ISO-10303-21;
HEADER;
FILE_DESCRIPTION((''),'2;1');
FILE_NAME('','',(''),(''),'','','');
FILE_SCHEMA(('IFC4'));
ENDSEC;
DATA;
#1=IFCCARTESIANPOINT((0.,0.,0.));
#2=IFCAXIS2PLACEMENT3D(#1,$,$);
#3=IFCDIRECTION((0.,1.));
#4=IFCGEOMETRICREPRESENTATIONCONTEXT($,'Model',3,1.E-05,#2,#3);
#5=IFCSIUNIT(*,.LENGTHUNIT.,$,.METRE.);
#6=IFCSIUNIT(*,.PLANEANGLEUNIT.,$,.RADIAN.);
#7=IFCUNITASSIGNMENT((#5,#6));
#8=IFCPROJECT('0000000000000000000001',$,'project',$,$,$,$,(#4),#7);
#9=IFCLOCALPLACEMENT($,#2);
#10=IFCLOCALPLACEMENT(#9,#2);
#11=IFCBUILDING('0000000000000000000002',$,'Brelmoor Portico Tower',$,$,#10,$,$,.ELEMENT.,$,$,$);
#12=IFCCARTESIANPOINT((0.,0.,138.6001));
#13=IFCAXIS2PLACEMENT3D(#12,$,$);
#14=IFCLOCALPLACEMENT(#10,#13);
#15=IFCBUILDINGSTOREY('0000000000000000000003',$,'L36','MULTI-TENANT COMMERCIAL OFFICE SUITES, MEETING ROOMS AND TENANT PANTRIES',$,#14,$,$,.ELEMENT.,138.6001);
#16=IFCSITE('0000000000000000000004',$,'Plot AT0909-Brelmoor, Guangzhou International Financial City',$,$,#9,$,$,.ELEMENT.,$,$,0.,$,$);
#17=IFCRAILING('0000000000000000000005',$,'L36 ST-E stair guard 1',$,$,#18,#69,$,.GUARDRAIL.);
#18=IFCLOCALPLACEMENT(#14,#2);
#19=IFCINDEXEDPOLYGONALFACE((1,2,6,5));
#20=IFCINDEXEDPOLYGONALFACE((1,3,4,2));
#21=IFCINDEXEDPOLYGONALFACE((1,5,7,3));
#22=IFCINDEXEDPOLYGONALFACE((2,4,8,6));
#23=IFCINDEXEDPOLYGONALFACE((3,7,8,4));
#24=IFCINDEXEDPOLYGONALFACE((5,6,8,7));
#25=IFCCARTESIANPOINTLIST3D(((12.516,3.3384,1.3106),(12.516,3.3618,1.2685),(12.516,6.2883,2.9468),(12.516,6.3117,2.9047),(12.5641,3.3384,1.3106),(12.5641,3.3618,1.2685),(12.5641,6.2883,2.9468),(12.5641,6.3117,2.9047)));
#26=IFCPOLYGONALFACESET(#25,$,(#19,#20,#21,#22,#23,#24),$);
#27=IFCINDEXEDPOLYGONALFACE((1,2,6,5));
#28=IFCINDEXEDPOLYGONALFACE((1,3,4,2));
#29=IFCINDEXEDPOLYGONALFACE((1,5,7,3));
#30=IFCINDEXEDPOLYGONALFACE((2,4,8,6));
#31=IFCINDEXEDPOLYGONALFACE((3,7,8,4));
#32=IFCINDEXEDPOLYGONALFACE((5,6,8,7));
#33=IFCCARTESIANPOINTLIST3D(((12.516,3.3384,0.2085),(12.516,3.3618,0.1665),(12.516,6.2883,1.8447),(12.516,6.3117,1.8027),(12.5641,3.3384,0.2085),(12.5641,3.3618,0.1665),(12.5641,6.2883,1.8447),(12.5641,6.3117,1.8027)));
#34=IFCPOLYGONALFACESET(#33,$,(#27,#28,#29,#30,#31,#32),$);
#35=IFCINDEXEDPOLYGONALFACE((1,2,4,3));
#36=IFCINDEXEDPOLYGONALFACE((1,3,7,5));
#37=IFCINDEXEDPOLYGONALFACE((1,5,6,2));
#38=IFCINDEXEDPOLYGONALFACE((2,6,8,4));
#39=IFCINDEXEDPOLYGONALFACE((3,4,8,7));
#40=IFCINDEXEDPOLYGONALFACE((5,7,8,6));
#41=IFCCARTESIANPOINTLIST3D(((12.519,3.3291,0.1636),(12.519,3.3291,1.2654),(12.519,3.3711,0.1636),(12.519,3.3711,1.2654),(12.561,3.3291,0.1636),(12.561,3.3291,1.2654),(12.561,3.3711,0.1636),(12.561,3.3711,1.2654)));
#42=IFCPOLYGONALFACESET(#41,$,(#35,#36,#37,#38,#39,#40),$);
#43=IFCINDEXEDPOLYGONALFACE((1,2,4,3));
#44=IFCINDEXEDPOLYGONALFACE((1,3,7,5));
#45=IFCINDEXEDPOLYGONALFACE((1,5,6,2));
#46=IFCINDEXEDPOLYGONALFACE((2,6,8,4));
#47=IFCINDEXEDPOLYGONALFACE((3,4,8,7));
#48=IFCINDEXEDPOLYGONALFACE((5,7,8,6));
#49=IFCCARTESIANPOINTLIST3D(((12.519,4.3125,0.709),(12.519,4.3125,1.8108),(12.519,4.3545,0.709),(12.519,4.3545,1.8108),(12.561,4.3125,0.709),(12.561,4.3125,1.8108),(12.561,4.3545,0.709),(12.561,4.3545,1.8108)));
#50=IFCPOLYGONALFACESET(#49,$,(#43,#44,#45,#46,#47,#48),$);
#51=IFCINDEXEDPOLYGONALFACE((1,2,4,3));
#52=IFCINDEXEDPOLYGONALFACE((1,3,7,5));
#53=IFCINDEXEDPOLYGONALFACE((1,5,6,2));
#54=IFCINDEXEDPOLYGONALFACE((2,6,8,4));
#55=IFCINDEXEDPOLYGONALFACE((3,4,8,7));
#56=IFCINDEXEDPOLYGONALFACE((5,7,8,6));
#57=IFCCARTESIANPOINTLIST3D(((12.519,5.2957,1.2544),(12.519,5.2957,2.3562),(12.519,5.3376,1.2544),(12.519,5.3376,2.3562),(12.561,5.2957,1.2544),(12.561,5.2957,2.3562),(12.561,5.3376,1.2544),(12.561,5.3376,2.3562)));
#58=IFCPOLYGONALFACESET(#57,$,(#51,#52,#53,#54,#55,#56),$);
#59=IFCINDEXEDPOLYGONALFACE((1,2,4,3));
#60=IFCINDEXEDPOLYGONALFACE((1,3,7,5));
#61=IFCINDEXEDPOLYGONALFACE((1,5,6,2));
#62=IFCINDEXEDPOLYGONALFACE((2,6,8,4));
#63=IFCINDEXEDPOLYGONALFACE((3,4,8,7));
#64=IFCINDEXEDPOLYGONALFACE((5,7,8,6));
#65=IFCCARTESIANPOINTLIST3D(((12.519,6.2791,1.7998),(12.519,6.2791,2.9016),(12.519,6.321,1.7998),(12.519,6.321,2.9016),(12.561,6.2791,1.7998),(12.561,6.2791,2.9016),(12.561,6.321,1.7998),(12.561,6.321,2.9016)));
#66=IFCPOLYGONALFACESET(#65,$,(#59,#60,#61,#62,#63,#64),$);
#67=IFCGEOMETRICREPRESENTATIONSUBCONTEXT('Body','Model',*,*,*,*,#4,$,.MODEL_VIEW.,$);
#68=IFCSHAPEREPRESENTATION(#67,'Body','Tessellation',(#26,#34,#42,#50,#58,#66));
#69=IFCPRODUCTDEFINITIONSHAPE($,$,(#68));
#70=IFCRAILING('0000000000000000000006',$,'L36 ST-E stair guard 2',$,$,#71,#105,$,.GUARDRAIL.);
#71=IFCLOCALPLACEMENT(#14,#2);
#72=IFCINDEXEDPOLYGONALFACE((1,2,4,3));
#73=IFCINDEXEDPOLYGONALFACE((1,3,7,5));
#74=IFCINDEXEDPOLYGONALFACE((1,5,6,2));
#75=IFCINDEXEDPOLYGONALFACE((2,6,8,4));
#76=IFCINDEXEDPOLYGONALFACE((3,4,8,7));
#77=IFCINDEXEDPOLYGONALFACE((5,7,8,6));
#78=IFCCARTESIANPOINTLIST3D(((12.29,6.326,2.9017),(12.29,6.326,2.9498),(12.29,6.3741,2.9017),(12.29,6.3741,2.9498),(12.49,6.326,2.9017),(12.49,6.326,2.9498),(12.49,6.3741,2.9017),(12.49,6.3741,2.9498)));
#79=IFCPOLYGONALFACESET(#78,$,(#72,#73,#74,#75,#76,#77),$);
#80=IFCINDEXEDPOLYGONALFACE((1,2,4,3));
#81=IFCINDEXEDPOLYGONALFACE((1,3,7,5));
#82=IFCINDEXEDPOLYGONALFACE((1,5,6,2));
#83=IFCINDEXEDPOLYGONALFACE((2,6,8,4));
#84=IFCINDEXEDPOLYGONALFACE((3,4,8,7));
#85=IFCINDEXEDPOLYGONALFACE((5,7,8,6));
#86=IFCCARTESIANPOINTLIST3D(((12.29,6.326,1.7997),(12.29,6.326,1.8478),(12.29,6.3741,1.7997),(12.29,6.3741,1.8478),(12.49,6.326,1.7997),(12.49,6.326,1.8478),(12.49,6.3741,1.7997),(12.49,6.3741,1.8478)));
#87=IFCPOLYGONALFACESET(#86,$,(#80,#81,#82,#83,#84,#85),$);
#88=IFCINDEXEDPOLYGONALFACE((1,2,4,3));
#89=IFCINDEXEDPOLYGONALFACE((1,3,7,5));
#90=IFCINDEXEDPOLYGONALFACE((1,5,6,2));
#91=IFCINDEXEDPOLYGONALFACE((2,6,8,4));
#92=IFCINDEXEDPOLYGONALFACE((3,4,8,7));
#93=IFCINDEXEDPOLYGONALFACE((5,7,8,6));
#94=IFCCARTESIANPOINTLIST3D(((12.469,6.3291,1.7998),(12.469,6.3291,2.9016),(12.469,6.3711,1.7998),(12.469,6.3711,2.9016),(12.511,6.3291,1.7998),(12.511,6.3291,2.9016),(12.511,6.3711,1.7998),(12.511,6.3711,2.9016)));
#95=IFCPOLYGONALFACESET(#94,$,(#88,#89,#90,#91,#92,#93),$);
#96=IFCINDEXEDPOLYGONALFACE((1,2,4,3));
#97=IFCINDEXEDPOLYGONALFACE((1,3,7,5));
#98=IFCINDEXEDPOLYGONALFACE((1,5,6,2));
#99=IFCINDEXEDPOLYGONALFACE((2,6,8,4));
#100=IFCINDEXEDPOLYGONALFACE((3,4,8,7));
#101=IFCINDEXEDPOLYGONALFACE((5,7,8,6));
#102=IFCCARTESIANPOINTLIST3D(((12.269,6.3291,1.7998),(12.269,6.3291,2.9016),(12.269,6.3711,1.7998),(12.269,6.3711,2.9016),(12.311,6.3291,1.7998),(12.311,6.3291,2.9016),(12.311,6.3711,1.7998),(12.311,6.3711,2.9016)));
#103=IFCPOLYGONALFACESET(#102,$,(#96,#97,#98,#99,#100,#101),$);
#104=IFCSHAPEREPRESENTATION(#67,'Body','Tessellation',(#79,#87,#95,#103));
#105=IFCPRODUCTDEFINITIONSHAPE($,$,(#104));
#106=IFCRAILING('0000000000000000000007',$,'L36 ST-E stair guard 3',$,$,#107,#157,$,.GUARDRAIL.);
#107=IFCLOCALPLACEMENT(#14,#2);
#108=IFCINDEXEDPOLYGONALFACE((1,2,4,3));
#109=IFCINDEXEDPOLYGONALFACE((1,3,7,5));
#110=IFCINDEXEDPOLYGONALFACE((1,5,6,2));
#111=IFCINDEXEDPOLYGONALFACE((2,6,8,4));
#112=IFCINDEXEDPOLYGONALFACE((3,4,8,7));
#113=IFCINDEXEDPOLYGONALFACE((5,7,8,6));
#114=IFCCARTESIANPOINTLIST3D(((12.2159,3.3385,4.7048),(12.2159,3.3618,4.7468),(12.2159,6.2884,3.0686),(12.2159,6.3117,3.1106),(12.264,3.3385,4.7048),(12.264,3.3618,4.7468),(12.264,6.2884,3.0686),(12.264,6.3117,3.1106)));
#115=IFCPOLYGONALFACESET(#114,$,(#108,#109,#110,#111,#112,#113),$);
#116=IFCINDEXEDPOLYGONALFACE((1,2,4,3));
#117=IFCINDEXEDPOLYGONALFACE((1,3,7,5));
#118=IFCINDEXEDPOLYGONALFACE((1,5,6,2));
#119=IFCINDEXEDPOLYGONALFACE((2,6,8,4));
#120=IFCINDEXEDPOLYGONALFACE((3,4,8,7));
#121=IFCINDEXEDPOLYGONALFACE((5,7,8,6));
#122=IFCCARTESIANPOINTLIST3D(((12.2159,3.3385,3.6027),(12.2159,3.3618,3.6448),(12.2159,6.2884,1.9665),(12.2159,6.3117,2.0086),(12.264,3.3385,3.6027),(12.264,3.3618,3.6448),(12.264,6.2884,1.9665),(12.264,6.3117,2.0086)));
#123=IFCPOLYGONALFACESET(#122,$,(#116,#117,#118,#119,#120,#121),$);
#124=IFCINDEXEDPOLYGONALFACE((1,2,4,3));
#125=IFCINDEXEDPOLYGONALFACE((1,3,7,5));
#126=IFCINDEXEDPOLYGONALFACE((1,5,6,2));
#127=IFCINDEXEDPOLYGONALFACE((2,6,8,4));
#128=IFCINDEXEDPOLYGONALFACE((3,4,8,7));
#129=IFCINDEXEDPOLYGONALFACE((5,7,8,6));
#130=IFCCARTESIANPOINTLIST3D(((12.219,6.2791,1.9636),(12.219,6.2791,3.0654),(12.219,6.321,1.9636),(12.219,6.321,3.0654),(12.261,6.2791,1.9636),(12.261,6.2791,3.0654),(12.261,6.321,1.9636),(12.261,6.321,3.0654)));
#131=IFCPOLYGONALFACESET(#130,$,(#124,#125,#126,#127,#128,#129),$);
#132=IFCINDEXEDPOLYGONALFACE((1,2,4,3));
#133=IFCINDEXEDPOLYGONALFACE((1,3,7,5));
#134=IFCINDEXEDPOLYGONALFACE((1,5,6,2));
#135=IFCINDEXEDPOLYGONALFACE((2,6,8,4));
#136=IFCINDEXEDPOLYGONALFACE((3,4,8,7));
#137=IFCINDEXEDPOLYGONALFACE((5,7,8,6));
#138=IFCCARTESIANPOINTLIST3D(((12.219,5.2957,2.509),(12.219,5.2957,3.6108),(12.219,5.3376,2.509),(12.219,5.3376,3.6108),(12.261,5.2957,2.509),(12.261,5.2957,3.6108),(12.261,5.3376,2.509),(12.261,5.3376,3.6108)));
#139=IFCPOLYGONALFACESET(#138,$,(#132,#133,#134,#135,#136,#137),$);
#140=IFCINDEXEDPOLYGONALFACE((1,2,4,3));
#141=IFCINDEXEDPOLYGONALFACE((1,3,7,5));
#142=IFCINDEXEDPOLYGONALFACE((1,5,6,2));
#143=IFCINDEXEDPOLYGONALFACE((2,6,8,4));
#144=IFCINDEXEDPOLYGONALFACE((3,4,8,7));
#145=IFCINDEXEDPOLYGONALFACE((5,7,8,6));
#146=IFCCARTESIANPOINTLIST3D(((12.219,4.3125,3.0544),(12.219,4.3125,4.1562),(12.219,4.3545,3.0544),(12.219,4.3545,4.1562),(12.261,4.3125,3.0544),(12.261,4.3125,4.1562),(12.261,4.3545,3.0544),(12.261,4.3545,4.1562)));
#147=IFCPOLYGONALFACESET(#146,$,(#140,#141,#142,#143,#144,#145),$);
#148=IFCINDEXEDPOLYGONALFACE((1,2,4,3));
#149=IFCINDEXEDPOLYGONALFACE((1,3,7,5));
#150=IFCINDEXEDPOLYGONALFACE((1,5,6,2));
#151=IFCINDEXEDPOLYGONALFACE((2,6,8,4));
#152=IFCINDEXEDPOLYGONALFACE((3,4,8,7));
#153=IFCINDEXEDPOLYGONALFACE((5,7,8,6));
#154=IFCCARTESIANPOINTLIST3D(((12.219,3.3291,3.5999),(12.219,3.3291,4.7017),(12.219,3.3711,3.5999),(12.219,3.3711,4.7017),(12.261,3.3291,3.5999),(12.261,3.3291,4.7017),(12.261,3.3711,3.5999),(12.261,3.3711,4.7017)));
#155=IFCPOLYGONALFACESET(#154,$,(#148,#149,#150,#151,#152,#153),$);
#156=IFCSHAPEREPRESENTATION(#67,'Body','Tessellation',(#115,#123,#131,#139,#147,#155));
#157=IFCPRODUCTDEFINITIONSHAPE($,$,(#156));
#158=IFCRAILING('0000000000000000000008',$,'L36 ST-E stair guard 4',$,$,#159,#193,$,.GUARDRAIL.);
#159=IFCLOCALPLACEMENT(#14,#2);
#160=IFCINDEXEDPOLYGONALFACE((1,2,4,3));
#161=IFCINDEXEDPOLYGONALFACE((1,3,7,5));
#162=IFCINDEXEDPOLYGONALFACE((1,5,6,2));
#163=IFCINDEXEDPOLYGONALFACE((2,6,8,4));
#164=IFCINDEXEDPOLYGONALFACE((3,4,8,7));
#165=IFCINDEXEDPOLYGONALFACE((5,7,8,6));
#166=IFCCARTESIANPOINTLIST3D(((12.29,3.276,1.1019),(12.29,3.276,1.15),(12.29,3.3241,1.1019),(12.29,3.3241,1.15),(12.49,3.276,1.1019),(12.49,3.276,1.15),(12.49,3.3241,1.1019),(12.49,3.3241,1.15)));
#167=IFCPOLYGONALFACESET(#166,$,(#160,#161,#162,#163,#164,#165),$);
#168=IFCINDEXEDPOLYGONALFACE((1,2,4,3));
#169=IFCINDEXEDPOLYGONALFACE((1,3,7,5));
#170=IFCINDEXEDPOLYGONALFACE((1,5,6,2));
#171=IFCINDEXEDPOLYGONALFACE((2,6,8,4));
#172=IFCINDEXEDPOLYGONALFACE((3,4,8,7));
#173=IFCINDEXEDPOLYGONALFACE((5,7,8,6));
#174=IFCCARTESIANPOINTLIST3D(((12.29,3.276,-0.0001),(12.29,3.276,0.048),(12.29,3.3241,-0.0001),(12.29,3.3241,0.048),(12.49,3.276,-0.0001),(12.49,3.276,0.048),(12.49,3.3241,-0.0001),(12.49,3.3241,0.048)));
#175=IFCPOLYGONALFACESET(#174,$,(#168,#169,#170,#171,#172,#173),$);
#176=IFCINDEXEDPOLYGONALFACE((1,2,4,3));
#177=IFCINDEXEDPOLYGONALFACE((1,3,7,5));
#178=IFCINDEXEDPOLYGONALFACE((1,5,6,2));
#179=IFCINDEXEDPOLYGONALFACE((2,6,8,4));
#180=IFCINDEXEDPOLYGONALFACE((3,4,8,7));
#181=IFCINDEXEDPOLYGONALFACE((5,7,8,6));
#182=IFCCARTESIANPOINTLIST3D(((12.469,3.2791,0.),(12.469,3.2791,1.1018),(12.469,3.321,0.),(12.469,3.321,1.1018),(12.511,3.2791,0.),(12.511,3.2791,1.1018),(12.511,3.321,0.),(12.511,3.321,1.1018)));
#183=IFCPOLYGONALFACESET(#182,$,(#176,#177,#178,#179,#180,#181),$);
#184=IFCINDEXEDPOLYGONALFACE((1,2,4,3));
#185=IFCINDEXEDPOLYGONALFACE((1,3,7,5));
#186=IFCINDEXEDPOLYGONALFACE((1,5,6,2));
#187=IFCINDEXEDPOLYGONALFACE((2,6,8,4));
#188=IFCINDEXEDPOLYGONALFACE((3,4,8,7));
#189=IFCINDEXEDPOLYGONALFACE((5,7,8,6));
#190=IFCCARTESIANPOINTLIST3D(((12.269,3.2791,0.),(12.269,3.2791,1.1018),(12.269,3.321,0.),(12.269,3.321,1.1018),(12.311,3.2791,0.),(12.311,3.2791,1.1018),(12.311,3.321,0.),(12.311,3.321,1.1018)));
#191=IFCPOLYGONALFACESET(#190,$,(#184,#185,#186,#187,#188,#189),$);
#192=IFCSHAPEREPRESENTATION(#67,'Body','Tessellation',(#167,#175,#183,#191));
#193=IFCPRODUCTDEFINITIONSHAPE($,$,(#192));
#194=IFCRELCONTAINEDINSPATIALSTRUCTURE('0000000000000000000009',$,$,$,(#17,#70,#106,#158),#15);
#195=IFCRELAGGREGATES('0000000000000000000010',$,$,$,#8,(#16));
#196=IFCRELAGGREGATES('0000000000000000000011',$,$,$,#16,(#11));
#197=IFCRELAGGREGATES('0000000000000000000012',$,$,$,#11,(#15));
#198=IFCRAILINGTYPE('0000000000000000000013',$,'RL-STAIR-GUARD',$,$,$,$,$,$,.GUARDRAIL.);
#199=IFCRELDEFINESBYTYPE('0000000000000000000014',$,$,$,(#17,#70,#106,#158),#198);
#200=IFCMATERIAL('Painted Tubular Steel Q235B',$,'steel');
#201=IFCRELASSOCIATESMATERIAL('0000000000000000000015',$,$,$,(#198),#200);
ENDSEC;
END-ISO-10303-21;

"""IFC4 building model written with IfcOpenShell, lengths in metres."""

from ifc_helpers import new_model, si_unit, direction, frame, origin, origin_2d, place, context, subcontext, project, spatial, rectangle, extrude, material, type_object, element, save


model = new_model("IFC4")

# Units and contexts
model_context = context("Model", 3, precision=1e-05, world=origin(), true_north=direction((0.0, 1.0)))
body_context = subcontext(model_context, "Body", "Model", "MODEL_VIEW")
ifc_project = project(units=[si_unit("LENGTHUNIT", "METRE"), si_unit("PLANEANGLEUNIT", "RADIAN")], contexts=[model_context])

# Site, building, storey
site_placement = place(None, origin())
site = spatial("IfcSite", under=ifc_project, at=site_placement, Name="Plot AT0909-Brelmoor, Guangzhou International Financial City", CompositionType="ELEMENT", RefElevation=0.0)
building_placement = place(site_placement, origin())
building = spatial("IfcBuilding", under=site, at=building_placement, Name="Brelmoor Portico Tower", CompositionType="ELEMENT")
storey_placement = place(building_placement, frame((0.0, 0.0, 138.6001)))
storey = spatial("IfcBuildingStorey", under=building, at=storey_placement, Name="L36", Description="MULTI-TENANT COMMERCIAL OFFICE SUITES, MEETING ROOMS AND TENANT PANTRIES", CompositionType="ELEMENT", Elevation=138.6001)

# Railings
ifc_material_1 = material(Name="Painted Tubular Steel Q235B", Category="steel")
railing_type_1 = type_object("IfcRailingType", Name="RL-STAIR-GUARD", PredefinedType="GUARDRAIL", material=ifc_material_1)
railing_1_placement = place(storey_placement, frame((12.54, 3.3501, 0.1636)))
element("IfcRailing", 1, at=railing_1_placement, inside=storey, type_object=railing_type_1, Name="L36 ST-E stair guard 1", PredefinedType="GUARDRAIL", context=body_context, shape_type="SweptSolid", body=[
    extrude(rectangle(XDim=0.0481, YDim=0.0481, at=origin_2d()), frame((0.0, 0.0, 1.126), z_axis=(0.0, 0.874488, 0.485047), x_axis=(-1.0, 0.0, 0.0)), (0.0, 0.0, 1.0), 3.3733),
    extrude(rectangle(XDim=0.0481, YDim=0.0481, at=origin_2d()), frame((0.0, 0.0, 0.0239), z_axis=(0.0, 0.874488, 0.485047), x_axis=(-1.0, 0.0, 0.0)), (0.0, 0.0, 1.0), 3.3733),
    extrude(rectangle(XDim=0.042, YDim=0.042, at=origin_2d()), origin(), (0.0, 0.0, 1.0), 1.1018),
    extrude(rectangle(XDim=0.042, YDim=0.042, at=origin_2d()), frame((0.0, 0.9834, 0.5454)), (0.0, 0.0, 1.0), 1.1018),
    extrude(rectangle(XDim=0.042, YDim=0.042, at=origin_2d()), frame((0.0, 1.9666, 1.0908)), (0.0, 0.0, 1.0), 1.1018),
    extrude(rectangle(XDim=0.042, YDim=0.042, at=origin_2d()), frame((0.0, 2.95, 1.6362)), (0.0, 0.0, 1.0), 1.1018),
])
railing_2_placement = place(storey_placement, frame((12.49, 6.3501, 1.7998)))
element("IfcRailing", 2, at=railing_2_placement, inside=storey, type_object=railing_type_1, Name="L36 ST-E stair guard 2", PredefinedType="GUARDRAIL", context=body_context, shape_type="SweptSolid", body=[
    extrude(rectangle(XDim=0.0481, YDim=0.0481, at=origin_2d()), frame((0.0, 0.0, 1.126), z_axis=(-1.0, 0.0, 0.0), x_axis=(0.0, -1.0, 0.0)), (0.0, 0.0, 1.0), 0.2),
    extrude(rectangle(XDim=0.0481, YDim=0.0481, at=origin_2d()), frame((0.0, 0.0, 0.0239), z_axis=(-1.0, 0.0, 0.0), x_axis=(0.0, -1.0, 0.0)), (0.0, 0.0, 1.0), 0.2),
    extrude(rectangle(XDim=0.042, YDim=0.042, at=origin_2d()), origin(), (0.0, 0.0, 1.0), 1.1018),
    extrude(rectangle(XDim=0.042, YDim=0.042, at=origin_2d()), frame((-0.2, 0.0, 0.0)), (0.0, 0.0, 1.0), 1.1018),
])
railing_3_placement = place(storey_placement, frame((12.24, 6.3, 1.9636)))
element("IfcRailing", 3, at=railing_3_placement, inside=storey, type_object=railing_type_1, Name="L36 ST-E stair guard 3", PredefinedType="GUARDRAIL", context=body_context, shape_type="SweptSolid", body=[
    extrude(rectangle(XDim=0.0481, YDim=0.0481, at=origin_2d()), frame((0.0, 0.0, 1.126), z_axis=(0.0, -0.874488, 0.485047), x_axis=(1.0, 0.0, 0.0)), (0.0, 0.0, 1.0), 3.3733),
    extrude(rectangle(XDim=0.0481, YDim=0.0481, at=origin_2d()), frame((0.0, 0.0, 0.0239), z_axis=(0.0, -0.874488, 0.485047), x_axis=(1.0, 0.0, 0.0)), (0.0, 0.0, 1.0), 3.3733),
    extrude(rectangle(XDim=0.042, YDim=0.042, at=origin_2d()), origin(), (0.0, 0.0, 1.0), 1.1018),
    extrude(rectangle(XDim=0.042, YDim=0.042, at=origin_2d()), frame((0.0, -0.9834, 0.5454)), (0.0, 0.0, 1.0), 1.1018),
    extrude(rectangle(XDim=0.042, YDim=0.042, at=origin_2d()), frame((0.0, -1.9666, 1.0908)), (0.0, 0.0, 1.0), 1.1018),
    extrude(rectangle(XDim=0.042, YDim=0.042, at=origin_2d()), frame((0.0, -2.95, 1.6362)), (0.0, 0.0, 1.0), 1.1018),
])
railing_4_placement = place(storey_placement, frame((12.49, 3.3, 0.0)))
element("IfcRailing", 4, at=railing_4_placement, inside=storey, type_object=railing_type_1, Name="L36 ST-E stair guard 4", PredefinedType="GUARDRAIL", context=body_context, shape_type="SweptSolid", body=[
    extrude(rectangle(XDim=0.0481, YDim=0.0481, at=origin_2d()), frame((0.0, 0.0, 1.126), z_axis=(-1.0, 0.0, 0.0), x_axis=(0.0, -1.0, 0.0)), (0.0, 0.0, 1.0), 0.2),
    extrude(rectangle(XDim=0.0481, YDim=0.0481, at=origin_2d()), frame((0.0, 0.0, 0.0239), z_axis=(-1.0, 0.0, 0.0), x_axis=(0.0, -1.0, 0.0)), (0.0, 0.0, 1.0), 0.2),
    extrude(rectangle(XDim=0.042, YDim=0.042, at=origin_2d()), origin(), (0.0, 0.0, 1.0), 1.1018),
    extrude(rectangle(XDim=0.042, YDim=0.042, at=origin_2d()), frame((-0.2, 0.0, 0.0)), (0.0, 0.0, 1.0), 1.1018),
])

save(model, "model.ifc")
